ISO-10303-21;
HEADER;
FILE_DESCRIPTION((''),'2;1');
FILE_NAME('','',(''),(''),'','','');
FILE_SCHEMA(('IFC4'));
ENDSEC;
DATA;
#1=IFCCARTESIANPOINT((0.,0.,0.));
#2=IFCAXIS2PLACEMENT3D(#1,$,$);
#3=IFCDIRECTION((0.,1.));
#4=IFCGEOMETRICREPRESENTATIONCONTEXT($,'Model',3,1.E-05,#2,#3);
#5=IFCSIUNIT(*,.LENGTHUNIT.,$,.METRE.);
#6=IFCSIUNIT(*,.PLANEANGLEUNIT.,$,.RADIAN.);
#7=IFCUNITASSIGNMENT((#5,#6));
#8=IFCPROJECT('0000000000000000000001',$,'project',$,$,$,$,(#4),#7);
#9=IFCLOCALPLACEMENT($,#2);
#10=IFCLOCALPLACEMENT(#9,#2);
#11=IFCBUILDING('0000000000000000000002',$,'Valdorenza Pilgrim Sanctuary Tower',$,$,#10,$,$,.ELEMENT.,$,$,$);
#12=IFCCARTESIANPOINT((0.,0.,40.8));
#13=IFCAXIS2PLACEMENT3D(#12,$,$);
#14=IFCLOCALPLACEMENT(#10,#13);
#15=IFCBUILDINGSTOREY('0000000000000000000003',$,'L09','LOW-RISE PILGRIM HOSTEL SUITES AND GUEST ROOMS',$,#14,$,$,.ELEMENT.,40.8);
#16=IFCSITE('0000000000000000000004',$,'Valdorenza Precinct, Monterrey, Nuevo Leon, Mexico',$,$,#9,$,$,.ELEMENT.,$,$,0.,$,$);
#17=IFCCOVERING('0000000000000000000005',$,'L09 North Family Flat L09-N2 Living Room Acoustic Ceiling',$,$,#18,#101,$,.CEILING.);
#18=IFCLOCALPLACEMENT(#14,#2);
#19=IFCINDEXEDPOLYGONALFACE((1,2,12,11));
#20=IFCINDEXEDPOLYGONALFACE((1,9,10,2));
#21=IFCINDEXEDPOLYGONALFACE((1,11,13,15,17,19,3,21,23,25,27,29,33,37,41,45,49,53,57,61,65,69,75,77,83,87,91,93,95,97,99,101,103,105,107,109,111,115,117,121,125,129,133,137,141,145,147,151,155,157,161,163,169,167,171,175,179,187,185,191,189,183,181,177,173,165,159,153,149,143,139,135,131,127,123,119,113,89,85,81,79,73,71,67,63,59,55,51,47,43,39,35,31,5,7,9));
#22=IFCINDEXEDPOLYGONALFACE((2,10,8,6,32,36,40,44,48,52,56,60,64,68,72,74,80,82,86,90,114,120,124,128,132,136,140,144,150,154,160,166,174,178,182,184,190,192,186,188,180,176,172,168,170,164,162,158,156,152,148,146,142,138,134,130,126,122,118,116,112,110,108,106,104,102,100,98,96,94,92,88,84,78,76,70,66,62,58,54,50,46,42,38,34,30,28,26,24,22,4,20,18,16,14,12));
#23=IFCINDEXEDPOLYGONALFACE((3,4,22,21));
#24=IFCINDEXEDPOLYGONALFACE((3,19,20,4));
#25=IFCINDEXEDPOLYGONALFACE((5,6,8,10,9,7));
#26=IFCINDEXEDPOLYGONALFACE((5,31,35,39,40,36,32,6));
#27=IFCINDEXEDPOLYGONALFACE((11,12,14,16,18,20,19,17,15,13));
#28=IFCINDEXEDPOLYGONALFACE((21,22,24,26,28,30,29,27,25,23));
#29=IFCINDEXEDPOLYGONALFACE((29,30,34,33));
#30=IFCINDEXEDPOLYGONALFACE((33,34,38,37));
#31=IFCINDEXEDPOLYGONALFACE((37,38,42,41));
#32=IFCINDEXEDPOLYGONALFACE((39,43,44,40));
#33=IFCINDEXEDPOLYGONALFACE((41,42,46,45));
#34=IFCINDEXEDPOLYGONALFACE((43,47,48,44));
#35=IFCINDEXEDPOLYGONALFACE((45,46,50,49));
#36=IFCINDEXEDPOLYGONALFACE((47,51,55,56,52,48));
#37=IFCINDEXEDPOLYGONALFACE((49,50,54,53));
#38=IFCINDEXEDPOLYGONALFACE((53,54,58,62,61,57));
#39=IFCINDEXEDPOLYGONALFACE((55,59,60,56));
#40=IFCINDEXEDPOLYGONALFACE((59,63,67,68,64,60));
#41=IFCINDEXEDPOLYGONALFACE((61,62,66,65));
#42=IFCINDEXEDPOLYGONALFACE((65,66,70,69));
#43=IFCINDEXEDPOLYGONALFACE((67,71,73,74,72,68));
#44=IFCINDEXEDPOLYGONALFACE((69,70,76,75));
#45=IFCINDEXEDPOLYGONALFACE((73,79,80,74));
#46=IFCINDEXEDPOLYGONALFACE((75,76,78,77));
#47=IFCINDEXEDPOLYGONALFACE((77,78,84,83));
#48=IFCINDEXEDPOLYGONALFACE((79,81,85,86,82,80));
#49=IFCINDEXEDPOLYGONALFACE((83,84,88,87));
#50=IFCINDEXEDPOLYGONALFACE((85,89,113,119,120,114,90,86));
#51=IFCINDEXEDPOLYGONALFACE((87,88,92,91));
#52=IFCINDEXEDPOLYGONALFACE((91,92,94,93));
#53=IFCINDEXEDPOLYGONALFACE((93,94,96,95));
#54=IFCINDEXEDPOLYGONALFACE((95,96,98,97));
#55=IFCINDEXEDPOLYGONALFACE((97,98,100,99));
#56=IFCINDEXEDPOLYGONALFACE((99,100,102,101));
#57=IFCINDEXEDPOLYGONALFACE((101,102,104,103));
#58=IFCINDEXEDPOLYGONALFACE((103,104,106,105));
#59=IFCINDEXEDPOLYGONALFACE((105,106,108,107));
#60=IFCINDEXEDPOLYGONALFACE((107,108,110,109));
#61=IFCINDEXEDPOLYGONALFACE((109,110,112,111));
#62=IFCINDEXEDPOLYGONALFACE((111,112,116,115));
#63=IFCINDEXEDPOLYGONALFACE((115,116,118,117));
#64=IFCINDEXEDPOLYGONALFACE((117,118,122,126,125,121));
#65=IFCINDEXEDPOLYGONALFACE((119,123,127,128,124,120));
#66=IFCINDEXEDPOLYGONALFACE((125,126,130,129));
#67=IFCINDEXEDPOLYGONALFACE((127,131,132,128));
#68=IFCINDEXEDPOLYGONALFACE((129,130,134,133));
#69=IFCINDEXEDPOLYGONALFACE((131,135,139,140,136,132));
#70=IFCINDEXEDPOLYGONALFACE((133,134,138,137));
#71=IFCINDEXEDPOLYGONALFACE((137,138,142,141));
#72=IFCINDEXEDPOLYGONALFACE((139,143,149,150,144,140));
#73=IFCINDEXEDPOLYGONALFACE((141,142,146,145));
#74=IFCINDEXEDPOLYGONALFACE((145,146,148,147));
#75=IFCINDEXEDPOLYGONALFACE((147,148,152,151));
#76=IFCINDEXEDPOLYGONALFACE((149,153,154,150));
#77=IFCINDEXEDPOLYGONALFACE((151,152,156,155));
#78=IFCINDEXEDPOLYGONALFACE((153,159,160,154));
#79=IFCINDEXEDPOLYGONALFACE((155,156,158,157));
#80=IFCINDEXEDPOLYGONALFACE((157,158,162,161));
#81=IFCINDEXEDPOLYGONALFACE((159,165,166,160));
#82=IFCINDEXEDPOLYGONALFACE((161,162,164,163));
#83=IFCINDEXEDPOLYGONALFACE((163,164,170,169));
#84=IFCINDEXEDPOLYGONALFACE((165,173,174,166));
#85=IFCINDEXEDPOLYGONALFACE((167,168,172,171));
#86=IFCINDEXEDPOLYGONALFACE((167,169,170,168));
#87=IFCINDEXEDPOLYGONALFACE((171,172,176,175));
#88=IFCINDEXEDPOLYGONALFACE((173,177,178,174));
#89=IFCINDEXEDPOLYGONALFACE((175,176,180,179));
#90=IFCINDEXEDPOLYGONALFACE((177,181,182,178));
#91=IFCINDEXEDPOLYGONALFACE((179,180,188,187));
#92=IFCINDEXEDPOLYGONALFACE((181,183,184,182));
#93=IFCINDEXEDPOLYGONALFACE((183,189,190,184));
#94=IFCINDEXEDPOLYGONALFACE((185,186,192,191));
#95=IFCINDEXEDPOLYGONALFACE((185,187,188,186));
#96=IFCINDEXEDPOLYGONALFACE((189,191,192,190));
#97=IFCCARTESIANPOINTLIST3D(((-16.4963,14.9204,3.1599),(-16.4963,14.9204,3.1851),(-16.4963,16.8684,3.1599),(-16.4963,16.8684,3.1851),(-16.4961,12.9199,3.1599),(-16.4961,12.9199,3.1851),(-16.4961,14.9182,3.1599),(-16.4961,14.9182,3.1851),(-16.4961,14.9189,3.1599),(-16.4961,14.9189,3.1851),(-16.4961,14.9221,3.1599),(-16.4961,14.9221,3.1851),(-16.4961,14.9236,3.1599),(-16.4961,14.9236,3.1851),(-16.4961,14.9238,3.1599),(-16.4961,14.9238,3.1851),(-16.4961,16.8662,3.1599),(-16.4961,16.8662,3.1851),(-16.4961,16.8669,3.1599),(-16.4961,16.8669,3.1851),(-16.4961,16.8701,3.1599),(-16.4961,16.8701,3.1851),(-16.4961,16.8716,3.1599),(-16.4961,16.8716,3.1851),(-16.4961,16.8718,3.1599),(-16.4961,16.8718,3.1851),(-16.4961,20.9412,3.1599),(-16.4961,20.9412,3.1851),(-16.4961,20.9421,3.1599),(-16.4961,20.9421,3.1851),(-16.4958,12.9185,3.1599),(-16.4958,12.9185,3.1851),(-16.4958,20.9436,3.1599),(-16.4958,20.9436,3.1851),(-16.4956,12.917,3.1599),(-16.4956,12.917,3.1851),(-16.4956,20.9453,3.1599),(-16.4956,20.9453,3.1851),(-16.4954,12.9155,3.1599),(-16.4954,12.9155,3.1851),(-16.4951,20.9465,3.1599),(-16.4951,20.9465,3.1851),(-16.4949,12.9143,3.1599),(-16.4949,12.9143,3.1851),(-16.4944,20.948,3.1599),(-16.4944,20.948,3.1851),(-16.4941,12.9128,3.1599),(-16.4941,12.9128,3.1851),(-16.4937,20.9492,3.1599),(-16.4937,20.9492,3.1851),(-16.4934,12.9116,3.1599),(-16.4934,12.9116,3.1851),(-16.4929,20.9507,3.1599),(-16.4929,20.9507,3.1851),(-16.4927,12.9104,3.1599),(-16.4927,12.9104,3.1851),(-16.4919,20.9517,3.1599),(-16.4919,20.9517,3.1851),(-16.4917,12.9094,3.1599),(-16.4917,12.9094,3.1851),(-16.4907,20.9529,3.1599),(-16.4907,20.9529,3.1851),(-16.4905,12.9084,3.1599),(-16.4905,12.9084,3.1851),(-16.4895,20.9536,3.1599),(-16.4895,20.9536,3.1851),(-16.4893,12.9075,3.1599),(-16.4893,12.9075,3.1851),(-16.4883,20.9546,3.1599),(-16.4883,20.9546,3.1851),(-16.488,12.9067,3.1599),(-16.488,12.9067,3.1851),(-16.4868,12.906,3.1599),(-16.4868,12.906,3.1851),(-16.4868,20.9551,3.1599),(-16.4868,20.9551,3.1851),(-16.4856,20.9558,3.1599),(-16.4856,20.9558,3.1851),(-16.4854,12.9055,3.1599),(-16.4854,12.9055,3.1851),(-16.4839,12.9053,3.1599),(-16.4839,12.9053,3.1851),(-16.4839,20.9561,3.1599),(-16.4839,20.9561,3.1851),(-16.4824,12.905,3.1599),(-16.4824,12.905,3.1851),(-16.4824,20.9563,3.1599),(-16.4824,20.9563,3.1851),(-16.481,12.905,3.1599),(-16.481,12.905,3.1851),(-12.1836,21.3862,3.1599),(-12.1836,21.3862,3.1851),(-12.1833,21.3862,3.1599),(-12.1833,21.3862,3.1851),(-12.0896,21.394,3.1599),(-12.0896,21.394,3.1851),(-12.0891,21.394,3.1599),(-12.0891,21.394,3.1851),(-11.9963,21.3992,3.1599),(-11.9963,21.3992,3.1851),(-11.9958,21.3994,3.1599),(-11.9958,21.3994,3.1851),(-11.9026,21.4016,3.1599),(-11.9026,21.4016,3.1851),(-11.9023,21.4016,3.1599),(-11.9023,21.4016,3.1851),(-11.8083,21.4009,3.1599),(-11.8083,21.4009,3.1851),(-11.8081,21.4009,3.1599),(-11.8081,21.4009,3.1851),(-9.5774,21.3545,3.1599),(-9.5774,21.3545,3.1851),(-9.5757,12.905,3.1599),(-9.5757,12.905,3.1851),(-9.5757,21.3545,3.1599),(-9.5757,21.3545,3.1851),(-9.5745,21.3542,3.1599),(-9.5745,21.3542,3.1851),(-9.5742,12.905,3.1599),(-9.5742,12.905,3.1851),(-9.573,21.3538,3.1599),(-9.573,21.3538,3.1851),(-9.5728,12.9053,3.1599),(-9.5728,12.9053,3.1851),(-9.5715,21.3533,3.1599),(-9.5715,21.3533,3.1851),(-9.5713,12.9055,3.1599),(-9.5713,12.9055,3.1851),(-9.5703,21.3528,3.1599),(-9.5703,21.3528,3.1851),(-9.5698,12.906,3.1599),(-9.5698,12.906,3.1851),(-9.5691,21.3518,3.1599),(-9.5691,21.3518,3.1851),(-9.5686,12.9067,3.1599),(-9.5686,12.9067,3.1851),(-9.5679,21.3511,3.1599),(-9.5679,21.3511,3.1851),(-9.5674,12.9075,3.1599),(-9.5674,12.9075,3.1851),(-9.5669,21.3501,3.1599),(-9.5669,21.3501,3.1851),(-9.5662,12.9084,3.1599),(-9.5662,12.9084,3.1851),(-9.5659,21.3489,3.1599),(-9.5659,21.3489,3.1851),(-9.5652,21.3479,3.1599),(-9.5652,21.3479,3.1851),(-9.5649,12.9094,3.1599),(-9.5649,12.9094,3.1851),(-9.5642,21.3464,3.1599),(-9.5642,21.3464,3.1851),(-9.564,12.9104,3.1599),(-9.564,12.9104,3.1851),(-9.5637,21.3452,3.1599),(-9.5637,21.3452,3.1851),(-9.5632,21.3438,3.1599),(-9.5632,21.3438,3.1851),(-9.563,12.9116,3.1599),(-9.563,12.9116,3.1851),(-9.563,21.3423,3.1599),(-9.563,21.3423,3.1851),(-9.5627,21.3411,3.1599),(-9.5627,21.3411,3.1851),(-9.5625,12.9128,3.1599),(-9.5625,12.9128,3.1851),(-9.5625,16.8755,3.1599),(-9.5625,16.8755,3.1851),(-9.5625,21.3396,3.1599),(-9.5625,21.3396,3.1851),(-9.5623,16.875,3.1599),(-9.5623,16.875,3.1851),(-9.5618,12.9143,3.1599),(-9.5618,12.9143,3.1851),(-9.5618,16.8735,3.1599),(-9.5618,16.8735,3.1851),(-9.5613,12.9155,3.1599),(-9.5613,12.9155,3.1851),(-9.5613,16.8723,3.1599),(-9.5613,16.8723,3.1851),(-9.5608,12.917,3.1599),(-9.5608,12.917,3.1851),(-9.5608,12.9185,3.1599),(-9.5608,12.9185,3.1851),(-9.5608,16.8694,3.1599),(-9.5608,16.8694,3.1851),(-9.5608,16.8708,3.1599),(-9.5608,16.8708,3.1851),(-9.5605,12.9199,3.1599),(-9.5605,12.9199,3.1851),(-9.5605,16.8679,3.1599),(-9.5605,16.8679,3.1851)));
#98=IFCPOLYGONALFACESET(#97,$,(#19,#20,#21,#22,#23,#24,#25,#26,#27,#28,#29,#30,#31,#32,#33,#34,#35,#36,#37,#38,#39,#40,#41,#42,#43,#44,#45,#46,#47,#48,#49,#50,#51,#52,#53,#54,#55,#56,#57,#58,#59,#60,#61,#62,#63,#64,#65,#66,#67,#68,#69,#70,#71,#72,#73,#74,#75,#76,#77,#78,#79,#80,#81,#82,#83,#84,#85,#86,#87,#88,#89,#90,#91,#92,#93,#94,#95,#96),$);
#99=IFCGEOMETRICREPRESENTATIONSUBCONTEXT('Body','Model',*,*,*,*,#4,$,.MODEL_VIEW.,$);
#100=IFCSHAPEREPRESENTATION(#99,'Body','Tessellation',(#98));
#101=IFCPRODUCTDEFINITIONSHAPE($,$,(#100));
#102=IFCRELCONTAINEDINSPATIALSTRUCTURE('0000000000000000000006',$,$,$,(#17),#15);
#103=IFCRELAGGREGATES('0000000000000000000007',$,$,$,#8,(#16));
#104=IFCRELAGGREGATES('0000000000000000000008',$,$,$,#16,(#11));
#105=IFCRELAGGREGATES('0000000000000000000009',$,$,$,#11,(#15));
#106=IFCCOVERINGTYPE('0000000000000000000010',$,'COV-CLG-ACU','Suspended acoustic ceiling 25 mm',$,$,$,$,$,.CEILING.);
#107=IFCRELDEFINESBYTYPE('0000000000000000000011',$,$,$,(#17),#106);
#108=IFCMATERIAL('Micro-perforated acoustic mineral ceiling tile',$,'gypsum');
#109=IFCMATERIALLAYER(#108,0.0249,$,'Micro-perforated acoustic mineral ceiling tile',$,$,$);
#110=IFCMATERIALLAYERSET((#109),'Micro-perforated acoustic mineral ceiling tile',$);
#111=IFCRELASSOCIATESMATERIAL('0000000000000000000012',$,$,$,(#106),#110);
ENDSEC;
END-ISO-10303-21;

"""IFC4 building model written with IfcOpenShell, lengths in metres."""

from ifc_helpers import new_model, si_unit, direction, frame, origin, place, context, subcontext, project, spatial, polyline, outline, extrude, material, layer, layer_set, type_object, element, save


model = new_model("IFC4")

# Units and contexts
model_context = context("Model", 3, precision=1e-05, world=origin(), true_north=direction((0.0, 1.0)))
body_context = subcontext(model_context, "Body", "Model", "MODEL_VIEW")
ifc_project = project(units=[si_unit("LENGTHUNIT", "METRE"), si_unit("PLANEANGLEUNIT", "RADIAN")], contexts=[model_context])

# Site, building, storey
site_placement = place(None, origin())
site = spatial("IfcSite", under=ifc_project, at=site_placement, Name="Valdorenza Precinct, Monterrey, Nuevo Leon, Mexico", CompositionType="ELEMENT", RefElevation=0.0)
building_placement = place(site_placement, origin())
building = spatial("IfcBuilding", under=site, at=building_placement, Name="Valdorenza Pilgrim Sanctuary Tower", CompositionType="ELEMENT")
storey_placement = place(building_placement, frame((0.0, 0.0, 40.8)))
storey = spatial("IfcBuildingStorey", under=building, at=storey_placement, Name="L09", Description="LOW-RISE PILGRIM HOSTEL SUITES AND GUEST ROOMS", CompositionType="ELEMENT", Elevation=40.8)

# Covering
ifc_material_1 = material(Name="Micro-perforated acoustic mineral ceiling tile", Category="gypsum")
ifc_layer_1 = layer(ifc_material_1, 0.0249, Name="Micro-perforated acoustic mineral ceiling tile")
ifc_layer_set_1 = layer_set([ifc_layer_1], Name="Micro-perforated acoustic mineral ceiling tile")
covering_type_1 = type_object("IfcCoveringType", Name="COV-CLG-ACU", Description="Suspended acoustic ceiling 25 mm", PredefinedType="CEILING", material=ifc_layer_set_1)
covering_1_placement = place(storey_placement, frame((0.0, 0.0, 3.1599)))
element("IfcCovering", 1, at=covering_1_placement, inside=storey, type_object=covering_type_1, Name="L09 North Family Flat L09-N2 Living Room Acoustic Ceiling", PredefinedType="CEILING", context=body_context, shape_type="SweptSolid", body=[
    extrude(outline(polyline([(-16.4961, 14.9182), (-16.4961, 14.9189), (-16.4963, 14.9204), (-16.4961, 14.9221), (-16.4961, 14.9236), (-16.4961, 14.9238), (-16.4961, 16.8662), (-16.4961, 16.8669), (-16.4963, 16.8684), (-16.4961, 16.8701), (-16.4961, 16.8716), (-16.4961, 16.8718), (-16.4961, 20.9412), (-16.4961, 20.9412), (-16.4961, 20.9421), (-16.4958, 20.9436), (-16.4956, 20.9453), (-16.4951, 20.9465), (-16.4944, 20.948), (-16.4937, 20.9492), (-16.4929, 20.9507), (-16.4919, 20.9517), (-16.4907, 20.9529), (-16.4895, 20.9536), (-16.4883, 20.9546), (-16.4868, 20.9551), (-16.4856, 20.9558), (-16.4839, 20.9561), (-16.4824, 20.9563), (-12.1836, 21.3862), (-12.1833, 21.3862), (-12.0896, 21.394), (-12.0891, 21.394), (-11.9963, 21.3992), (-11.9958, 21.3994), (-11.9026, 21.4016), (-11.9023, 21.4016), (-11.8083, 21.4009), (-11.8081, 21.4009), (-9.5774, 21.3545), (-9.5757, 21.3545), (-9.5745, 21.3542), (-9.573, 21.3538), (-9.5715, 21.3533), (-9.5703, 21.3528), (-9.5691, 21.3518), (-9.5679, 21.3511), (-9.5669, 21.3501), (-9.5659, 21.3489), (-9.5652, 21.3479), (-9.5642, 21.3464), (-9.5637, 21.3452), (-9.5632, 21.3438), (-9.563, 21.3423), (-9.5627, 21.3411), (-9.5625, 21.3396), (-9.5625, 16.8755), (-9.5623, 16.875), (-9.5618, 16.8735), (-9.5613, 16.8723), (-9.5608, 16.8708), (-9.5608, 16.8694), (-9.5605, 16.8679), (-9.5605, 12.9199), (-9.5608, 12.9185), (-9.5608, 12.917), (-9.5613, 12.9155), (-9.5618, 12.9143), (-9.5625, 12.9128), (-9.563, 12.9116), (-9.564, 12.9104), (-9.5649, 12.9094), (-9.5662, 12.9084), (-9.5674, 12.9075), (-9.5686, 12.9067), (-9.5698, 12.906), (-9.5713, 12.9055), (-9.5728, 12.9053), (-9.5742, 12.905), (-9.5757, 12.905), (-16.481, 12.905), (-16.4824, 12.905), (-16.4839, 12.9053), (-16.4854, 12.9055), (-16.4868, 12.906), (-16.488, 12.9067), (-16.4893, 12.9075), (-16.4905, 12.9084), (-16.4917, 12.9094), (-16.4927, 12.9104), (-16.4934, 12.9116), (-16.4941, 12.9128), (-16.4949, 12.9143), (-16.4954, 12.9155), (-16.4956, 12.917), (-16.4958, 12.9185), (-16.4961, 12.9199), (-16.4961, 14.9182)])), origin(), (0.0, 0.0, 1.0), 0.0251),
])

save(model, "model.ifc")
